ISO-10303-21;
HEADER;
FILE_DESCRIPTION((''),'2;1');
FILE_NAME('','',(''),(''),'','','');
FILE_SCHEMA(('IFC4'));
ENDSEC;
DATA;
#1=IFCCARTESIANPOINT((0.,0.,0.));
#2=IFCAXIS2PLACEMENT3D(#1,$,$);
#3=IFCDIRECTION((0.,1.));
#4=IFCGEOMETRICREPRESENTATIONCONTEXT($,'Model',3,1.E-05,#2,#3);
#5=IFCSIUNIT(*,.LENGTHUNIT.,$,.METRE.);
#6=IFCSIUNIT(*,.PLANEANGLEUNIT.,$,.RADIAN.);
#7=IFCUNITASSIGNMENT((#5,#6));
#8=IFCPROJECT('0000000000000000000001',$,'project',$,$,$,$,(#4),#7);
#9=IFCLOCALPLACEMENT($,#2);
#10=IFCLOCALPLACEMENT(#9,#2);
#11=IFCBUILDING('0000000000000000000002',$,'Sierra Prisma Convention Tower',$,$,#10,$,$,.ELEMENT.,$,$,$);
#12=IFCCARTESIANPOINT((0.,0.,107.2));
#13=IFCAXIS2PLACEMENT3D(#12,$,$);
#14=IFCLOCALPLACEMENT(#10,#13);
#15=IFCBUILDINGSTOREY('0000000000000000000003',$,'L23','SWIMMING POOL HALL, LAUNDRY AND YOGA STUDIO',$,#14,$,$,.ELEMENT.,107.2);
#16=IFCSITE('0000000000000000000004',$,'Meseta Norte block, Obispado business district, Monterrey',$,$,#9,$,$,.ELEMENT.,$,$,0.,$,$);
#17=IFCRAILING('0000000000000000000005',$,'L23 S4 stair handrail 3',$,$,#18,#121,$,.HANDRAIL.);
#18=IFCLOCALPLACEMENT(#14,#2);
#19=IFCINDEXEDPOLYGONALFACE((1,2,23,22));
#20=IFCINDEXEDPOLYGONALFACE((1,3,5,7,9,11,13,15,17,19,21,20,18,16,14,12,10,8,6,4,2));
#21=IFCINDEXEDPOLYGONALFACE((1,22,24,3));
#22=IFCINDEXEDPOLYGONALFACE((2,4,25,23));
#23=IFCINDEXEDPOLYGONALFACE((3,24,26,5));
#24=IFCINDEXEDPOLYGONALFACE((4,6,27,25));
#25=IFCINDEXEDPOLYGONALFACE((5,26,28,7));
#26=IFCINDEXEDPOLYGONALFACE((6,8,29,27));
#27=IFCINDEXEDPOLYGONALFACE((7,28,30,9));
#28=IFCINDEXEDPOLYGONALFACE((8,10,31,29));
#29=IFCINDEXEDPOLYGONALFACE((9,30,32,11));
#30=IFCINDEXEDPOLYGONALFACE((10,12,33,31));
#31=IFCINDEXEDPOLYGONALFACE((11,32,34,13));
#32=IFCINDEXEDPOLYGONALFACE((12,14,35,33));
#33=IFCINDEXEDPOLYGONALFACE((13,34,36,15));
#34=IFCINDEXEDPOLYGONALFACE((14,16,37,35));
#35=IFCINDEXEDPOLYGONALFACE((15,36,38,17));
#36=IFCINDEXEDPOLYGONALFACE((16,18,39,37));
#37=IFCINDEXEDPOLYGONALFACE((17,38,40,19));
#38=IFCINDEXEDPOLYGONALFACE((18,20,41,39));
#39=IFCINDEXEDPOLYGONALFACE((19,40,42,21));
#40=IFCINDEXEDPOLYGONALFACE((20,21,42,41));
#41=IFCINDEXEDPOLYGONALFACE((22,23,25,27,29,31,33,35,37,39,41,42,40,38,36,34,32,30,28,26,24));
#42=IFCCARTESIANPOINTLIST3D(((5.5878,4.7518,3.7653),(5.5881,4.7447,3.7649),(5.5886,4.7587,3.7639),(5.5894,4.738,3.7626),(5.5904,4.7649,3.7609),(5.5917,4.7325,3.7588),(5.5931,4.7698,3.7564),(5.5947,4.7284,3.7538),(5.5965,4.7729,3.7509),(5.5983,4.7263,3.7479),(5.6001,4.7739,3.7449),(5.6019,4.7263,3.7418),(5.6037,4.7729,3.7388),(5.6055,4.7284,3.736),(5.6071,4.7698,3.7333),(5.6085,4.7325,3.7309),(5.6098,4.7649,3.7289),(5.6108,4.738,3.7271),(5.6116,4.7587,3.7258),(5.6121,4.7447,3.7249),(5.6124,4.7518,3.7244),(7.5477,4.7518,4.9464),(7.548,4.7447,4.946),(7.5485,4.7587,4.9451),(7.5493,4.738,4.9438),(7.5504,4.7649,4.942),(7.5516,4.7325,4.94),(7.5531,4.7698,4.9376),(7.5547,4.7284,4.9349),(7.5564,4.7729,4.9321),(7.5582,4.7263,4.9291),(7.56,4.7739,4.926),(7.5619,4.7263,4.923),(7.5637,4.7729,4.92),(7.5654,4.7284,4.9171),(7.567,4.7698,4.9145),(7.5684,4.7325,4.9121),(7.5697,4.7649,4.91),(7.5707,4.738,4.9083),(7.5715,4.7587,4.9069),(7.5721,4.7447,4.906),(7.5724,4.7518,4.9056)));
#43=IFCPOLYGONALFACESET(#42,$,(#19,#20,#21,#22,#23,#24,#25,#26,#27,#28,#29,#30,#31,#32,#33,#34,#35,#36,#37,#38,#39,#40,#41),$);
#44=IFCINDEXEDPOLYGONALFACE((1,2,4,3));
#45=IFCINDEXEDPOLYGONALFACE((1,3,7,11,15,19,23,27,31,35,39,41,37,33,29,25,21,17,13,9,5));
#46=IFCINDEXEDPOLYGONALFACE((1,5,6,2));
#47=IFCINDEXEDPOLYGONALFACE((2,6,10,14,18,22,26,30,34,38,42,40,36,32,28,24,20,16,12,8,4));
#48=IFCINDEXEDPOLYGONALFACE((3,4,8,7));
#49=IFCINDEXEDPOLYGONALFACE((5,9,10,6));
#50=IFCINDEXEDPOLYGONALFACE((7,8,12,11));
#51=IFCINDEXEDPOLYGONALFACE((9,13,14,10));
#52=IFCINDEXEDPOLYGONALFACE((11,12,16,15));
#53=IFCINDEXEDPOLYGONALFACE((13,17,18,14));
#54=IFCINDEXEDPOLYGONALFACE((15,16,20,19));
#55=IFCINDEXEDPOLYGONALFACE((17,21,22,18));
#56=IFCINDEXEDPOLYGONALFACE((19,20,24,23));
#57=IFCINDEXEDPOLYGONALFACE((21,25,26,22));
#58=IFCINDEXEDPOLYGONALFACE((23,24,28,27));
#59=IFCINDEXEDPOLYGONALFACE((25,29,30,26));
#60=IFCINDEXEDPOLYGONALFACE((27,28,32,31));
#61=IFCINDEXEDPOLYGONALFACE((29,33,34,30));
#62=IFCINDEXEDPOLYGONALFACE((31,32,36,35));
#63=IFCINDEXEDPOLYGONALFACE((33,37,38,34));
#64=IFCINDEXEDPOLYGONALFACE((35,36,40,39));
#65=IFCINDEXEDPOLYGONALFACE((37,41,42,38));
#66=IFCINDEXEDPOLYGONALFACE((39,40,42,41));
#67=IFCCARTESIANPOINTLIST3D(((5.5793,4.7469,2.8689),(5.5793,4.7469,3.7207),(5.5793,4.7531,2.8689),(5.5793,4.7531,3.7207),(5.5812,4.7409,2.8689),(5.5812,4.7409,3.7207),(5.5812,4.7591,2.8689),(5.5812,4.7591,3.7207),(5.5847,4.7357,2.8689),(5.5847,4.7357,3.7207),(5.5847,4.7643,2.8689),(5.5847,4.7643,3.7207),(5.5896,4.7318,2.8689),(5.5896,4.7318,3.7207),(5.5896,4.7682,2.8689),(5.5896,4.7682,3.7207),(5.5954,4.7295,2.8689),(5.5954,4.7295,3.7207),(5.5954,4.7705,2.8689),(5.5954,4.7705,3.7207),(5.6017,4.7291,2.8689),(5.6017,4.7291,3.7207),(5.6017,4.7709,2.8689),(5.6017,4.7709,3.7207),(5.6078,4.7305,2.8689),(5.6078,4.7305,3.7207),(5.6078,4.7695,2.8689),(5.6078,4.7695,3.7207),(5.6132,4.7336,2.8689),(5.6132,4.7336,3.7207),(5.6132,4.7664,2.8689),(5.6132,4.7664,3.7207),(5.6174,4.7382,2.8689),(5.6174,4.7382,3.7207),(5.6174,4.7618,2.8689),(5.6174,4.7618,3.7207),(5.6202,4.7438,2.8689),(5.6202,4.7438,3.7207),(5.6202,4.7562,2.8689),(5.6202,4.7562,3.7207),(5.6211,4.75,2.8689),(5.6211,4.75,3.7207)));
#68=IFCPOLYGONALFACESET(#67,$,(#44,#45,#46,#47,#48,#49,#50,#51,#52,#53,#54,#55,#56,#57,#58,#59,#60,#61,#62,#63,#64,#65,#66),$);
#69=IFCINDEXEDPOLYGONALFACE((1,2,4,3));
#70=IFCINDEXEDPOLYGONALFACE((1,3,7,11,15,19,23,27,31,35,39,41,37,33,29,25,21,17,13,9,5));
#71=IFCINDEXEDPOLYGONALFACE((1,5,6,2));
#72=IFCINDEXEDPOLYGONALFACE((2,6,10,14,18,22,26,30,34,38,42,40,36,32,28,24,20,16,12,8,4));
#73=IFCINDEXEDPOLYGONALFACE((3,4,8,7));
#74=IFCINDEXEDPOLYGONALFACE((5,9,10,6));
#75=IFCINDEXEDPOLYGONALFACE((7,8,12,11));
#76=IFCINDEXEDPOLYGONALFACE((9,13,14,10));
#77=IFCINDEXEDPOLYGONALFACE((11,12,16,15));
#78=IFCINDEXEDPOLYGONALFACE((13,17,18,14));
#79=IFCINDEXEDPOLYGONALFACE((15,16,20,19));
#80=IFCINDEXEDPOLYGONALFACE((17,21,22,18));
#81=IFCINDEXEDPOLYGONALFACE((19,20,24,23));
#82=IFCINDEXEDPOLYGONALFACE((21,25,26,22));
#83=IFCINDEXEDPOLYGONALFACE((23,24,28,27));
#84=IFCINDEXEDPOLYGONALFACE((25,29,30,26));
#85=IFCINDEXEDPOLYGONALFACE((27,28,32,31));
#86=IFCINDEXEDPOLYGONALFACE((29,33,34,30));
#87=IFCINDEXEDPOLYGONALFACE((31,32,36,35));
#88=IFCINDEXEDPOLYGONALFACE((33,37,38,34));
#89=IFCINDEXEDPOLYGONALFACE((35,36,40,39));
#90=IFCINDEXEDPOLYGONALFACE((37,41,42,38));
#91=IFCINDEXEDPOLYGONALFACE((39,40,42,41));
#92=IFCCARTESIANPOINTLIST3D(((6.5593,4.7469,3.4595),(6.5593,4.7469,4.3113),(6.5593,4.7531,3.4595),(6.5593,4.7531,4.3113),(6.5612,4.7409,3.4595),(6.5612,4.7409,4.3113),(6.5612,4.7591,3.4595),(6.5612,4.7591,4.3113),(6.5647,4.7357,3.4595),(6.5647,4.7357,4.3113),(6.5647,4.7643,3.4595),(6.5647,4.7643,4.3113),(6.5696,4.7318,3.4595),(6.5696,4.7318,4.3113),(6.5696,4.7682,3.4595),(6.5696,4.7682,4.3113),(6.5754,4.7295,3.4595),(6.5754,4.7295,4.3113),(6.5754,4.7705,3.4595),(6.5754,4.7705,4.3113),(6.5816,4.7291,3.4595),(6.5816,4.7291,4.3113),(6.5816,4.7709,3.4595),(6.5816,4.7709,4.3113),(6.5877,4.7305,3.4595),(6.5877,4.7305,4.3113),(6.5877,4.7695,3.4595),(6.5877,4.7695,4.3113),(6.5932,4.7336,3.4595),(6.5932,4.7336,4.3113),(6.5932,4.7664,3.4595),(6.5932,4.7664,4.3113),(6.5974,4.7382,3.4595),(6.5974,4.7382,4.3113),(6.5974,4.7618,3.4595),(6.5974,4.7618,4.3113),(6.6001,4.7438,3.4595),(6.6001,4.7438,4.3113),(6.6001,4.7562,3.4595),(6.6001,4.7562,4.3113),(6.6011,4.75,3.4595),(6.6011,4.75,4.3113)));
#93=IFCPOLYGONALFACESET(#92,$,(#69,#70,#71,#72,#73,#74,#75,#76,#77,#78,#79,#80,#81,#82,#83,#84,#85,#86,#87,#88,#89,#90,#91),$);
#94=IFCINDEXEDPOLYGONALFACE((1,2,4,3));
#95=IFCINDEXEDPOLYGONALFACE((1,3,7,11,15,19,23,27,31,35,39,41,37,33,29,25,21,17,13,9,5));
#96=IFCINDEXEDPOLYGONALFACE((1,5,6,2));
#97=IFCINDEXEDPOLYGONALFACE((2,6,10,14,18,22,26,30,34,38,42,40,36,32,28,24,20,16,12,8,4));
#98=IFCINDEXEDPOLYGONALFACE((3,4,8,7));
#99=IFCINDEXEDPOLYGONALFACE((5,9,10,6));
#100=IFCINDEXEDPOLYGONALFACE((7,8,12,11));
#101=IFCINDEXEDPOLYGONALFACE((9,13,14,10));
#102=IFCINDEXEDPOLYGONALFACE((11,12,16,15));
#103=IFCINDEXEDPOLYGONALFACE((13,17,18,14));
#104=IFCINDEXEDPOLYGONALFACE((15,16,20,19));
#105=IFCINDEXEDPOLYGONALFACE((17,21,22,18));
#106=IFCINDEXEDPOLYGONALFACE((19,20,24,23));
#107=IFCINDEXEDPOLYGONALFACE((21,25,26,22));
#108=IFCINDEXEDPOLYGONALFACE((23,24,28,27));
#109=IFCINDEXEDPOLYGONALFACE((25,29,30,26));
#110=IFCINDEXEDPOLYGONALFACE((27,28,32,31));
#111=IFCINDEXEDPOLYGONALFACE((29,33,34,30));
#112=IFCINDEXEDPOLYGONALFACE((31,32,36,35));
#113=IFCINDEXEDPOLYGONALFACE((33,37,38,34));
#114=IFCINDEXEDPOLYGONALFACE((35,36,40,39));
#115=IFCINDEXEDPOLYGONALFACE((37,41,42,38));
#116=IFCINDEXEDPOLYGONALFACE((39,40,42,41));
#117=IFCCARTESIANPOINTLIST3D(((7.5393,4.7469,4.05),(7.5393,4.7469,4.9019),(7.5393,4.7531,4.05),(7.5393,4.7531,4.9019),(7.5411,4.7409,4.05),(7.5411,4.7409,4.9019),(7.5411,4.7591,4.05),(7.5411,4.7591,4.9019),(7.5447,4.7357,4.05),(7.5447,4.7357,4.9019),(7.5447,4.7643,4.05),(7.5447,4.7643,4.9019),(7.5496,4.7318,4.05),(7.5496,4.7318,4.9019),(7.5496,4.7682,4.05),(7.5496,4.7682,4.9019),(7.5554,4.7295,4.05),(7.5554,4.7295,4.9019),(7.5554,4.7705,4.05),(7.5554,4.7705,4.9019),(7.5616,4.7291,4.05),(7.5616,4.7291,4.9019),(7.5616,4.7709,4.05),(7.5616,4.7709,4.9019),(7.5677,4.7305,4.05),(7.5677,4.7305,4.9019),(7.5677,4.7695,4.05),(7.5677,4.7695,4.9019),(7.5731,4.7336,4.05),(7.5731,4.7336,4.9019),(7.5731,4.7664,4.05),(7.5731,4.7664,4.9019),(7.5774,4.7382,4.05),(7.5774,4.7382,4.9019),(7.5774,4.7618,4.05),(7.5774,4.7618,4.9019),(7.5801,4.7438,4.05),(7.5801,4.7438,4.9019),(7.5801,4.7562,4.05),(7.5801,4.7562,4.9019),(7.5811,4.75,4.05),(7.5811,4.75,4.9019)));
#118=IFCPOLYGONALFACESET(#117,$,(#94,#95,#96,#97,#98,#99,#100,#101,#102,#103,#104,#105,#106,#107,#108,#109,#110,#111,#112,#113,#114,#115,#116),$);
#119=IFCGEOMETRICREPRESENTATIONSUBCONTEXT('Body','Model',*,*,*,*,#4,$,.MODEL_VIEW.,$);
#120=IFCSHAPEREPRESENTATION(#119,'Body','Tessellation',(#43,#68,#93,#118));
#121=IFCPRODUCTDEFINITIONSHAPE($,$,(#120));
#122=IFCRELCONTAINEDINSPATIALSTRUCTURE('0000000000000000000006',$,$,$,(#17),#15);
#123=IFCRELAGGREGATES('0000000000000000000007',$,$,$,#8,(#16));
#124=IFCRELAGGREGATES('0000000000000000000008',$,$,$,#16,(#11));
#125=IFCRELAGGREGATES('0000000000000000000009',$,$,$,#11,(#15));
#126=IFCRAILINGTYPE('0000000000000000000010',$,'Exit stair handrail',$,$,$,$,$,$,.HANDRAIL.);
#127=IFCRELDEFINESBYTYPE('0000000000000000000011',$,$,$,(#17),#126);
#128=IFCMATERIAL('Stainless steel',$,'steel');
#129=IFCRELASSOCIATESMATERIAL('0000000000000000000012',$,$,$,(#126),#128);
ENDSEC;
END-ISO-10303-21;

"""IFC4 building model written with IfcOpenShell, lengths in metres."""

from ifc_helpers import new_model, si_unit, direction, frame, origin, origin_2d, place, context, subcontext, project, spatial, circle, extrude, material, type_object, element, save


model = new_model("IFC4")

# Units and contexts
model_context = context("Model", 3, precision=1e-05, world=origin(), true_north=direction((0.0, 1.0)))
body_context = subcontext(model_context, "Body", "Model", "MODEL_VIEW")
ifc_project = project(units=[si_unit("LENGTHUNIT", "METRE"), si_unit("PLANEANGLEUNIT", "RADIAN")], contexts=[model_context])

# Site, building, storey
site_placement = place(None, origin())
site = spatial("IfcSite", under=ifc_project, at=site_placement, Name="Meseta Norte block, Obispado business district, Monterrey", CompositionType="ELEMENT", RefElevation=0.0)
building_placement = place(site_placement, origin())
building = spatial("IfcBuilding", under=site, at=building_placement, Name="Sierra Prisma Convention Tower", CompositionType="ELEMENT")
storey_placement = place(building_placement, frame((0.0, 0.0, 107.2)))
storey = spatial("IfcBuildingStorey", under=building, at=storey_placement, Name="L23", Description="SWIMMING POOL HALL, LAUNDRY AND YOGA STUDIO", CompositionType="ELEMENT", Elevation=107.2)

# Railing
ifc_material_1 = material(Name="Stainless steel", Category="steel")
railing_type_1 = type_object("IfcRailingType", Name="Exit stair handrail", PredefinedType="HANDRAIL", material=ifc_material_1)
railing_1_placement = place(storey_placement, frame((5.6001, 4.75, 2.8689)))
element("IfcRailing", 1, at=railing_1_placement, inside=storey, type_object=railing_type_1, Name="L23 S4 stair handrail 3", PredefinedType="HANDRAIL", context=body_context, shape_type="SweptSolid", body=[
    extrude(circle(Radius=0.0239, at=origin_2d()), frame((0.0, 0.0, 0.876), z_axis=(0.856493, 0.0, 0.516158), x_axis=(0.0, 1.0, 0.0)), (0.0, 0.0, 1.0), 2.2883),
    extrude(circle(Radius=0.021, at=origin_2d()), origin(), (0.0, 0.0, 1.0), 0.8518),
    extrude(circle(Radius=0.021, at=origin_2d()), frame((0.98, 0.0, 0.5906)), (0.0, 0.0, 1.0), 0.8518),
    extrude(circle(Radius=0.021, at=origin_2d()), frame((1.96, 0.0, 1.1812)), (0.0, 0.0, 1.0), 0.8518),
])

save(model, "model.ifc")
